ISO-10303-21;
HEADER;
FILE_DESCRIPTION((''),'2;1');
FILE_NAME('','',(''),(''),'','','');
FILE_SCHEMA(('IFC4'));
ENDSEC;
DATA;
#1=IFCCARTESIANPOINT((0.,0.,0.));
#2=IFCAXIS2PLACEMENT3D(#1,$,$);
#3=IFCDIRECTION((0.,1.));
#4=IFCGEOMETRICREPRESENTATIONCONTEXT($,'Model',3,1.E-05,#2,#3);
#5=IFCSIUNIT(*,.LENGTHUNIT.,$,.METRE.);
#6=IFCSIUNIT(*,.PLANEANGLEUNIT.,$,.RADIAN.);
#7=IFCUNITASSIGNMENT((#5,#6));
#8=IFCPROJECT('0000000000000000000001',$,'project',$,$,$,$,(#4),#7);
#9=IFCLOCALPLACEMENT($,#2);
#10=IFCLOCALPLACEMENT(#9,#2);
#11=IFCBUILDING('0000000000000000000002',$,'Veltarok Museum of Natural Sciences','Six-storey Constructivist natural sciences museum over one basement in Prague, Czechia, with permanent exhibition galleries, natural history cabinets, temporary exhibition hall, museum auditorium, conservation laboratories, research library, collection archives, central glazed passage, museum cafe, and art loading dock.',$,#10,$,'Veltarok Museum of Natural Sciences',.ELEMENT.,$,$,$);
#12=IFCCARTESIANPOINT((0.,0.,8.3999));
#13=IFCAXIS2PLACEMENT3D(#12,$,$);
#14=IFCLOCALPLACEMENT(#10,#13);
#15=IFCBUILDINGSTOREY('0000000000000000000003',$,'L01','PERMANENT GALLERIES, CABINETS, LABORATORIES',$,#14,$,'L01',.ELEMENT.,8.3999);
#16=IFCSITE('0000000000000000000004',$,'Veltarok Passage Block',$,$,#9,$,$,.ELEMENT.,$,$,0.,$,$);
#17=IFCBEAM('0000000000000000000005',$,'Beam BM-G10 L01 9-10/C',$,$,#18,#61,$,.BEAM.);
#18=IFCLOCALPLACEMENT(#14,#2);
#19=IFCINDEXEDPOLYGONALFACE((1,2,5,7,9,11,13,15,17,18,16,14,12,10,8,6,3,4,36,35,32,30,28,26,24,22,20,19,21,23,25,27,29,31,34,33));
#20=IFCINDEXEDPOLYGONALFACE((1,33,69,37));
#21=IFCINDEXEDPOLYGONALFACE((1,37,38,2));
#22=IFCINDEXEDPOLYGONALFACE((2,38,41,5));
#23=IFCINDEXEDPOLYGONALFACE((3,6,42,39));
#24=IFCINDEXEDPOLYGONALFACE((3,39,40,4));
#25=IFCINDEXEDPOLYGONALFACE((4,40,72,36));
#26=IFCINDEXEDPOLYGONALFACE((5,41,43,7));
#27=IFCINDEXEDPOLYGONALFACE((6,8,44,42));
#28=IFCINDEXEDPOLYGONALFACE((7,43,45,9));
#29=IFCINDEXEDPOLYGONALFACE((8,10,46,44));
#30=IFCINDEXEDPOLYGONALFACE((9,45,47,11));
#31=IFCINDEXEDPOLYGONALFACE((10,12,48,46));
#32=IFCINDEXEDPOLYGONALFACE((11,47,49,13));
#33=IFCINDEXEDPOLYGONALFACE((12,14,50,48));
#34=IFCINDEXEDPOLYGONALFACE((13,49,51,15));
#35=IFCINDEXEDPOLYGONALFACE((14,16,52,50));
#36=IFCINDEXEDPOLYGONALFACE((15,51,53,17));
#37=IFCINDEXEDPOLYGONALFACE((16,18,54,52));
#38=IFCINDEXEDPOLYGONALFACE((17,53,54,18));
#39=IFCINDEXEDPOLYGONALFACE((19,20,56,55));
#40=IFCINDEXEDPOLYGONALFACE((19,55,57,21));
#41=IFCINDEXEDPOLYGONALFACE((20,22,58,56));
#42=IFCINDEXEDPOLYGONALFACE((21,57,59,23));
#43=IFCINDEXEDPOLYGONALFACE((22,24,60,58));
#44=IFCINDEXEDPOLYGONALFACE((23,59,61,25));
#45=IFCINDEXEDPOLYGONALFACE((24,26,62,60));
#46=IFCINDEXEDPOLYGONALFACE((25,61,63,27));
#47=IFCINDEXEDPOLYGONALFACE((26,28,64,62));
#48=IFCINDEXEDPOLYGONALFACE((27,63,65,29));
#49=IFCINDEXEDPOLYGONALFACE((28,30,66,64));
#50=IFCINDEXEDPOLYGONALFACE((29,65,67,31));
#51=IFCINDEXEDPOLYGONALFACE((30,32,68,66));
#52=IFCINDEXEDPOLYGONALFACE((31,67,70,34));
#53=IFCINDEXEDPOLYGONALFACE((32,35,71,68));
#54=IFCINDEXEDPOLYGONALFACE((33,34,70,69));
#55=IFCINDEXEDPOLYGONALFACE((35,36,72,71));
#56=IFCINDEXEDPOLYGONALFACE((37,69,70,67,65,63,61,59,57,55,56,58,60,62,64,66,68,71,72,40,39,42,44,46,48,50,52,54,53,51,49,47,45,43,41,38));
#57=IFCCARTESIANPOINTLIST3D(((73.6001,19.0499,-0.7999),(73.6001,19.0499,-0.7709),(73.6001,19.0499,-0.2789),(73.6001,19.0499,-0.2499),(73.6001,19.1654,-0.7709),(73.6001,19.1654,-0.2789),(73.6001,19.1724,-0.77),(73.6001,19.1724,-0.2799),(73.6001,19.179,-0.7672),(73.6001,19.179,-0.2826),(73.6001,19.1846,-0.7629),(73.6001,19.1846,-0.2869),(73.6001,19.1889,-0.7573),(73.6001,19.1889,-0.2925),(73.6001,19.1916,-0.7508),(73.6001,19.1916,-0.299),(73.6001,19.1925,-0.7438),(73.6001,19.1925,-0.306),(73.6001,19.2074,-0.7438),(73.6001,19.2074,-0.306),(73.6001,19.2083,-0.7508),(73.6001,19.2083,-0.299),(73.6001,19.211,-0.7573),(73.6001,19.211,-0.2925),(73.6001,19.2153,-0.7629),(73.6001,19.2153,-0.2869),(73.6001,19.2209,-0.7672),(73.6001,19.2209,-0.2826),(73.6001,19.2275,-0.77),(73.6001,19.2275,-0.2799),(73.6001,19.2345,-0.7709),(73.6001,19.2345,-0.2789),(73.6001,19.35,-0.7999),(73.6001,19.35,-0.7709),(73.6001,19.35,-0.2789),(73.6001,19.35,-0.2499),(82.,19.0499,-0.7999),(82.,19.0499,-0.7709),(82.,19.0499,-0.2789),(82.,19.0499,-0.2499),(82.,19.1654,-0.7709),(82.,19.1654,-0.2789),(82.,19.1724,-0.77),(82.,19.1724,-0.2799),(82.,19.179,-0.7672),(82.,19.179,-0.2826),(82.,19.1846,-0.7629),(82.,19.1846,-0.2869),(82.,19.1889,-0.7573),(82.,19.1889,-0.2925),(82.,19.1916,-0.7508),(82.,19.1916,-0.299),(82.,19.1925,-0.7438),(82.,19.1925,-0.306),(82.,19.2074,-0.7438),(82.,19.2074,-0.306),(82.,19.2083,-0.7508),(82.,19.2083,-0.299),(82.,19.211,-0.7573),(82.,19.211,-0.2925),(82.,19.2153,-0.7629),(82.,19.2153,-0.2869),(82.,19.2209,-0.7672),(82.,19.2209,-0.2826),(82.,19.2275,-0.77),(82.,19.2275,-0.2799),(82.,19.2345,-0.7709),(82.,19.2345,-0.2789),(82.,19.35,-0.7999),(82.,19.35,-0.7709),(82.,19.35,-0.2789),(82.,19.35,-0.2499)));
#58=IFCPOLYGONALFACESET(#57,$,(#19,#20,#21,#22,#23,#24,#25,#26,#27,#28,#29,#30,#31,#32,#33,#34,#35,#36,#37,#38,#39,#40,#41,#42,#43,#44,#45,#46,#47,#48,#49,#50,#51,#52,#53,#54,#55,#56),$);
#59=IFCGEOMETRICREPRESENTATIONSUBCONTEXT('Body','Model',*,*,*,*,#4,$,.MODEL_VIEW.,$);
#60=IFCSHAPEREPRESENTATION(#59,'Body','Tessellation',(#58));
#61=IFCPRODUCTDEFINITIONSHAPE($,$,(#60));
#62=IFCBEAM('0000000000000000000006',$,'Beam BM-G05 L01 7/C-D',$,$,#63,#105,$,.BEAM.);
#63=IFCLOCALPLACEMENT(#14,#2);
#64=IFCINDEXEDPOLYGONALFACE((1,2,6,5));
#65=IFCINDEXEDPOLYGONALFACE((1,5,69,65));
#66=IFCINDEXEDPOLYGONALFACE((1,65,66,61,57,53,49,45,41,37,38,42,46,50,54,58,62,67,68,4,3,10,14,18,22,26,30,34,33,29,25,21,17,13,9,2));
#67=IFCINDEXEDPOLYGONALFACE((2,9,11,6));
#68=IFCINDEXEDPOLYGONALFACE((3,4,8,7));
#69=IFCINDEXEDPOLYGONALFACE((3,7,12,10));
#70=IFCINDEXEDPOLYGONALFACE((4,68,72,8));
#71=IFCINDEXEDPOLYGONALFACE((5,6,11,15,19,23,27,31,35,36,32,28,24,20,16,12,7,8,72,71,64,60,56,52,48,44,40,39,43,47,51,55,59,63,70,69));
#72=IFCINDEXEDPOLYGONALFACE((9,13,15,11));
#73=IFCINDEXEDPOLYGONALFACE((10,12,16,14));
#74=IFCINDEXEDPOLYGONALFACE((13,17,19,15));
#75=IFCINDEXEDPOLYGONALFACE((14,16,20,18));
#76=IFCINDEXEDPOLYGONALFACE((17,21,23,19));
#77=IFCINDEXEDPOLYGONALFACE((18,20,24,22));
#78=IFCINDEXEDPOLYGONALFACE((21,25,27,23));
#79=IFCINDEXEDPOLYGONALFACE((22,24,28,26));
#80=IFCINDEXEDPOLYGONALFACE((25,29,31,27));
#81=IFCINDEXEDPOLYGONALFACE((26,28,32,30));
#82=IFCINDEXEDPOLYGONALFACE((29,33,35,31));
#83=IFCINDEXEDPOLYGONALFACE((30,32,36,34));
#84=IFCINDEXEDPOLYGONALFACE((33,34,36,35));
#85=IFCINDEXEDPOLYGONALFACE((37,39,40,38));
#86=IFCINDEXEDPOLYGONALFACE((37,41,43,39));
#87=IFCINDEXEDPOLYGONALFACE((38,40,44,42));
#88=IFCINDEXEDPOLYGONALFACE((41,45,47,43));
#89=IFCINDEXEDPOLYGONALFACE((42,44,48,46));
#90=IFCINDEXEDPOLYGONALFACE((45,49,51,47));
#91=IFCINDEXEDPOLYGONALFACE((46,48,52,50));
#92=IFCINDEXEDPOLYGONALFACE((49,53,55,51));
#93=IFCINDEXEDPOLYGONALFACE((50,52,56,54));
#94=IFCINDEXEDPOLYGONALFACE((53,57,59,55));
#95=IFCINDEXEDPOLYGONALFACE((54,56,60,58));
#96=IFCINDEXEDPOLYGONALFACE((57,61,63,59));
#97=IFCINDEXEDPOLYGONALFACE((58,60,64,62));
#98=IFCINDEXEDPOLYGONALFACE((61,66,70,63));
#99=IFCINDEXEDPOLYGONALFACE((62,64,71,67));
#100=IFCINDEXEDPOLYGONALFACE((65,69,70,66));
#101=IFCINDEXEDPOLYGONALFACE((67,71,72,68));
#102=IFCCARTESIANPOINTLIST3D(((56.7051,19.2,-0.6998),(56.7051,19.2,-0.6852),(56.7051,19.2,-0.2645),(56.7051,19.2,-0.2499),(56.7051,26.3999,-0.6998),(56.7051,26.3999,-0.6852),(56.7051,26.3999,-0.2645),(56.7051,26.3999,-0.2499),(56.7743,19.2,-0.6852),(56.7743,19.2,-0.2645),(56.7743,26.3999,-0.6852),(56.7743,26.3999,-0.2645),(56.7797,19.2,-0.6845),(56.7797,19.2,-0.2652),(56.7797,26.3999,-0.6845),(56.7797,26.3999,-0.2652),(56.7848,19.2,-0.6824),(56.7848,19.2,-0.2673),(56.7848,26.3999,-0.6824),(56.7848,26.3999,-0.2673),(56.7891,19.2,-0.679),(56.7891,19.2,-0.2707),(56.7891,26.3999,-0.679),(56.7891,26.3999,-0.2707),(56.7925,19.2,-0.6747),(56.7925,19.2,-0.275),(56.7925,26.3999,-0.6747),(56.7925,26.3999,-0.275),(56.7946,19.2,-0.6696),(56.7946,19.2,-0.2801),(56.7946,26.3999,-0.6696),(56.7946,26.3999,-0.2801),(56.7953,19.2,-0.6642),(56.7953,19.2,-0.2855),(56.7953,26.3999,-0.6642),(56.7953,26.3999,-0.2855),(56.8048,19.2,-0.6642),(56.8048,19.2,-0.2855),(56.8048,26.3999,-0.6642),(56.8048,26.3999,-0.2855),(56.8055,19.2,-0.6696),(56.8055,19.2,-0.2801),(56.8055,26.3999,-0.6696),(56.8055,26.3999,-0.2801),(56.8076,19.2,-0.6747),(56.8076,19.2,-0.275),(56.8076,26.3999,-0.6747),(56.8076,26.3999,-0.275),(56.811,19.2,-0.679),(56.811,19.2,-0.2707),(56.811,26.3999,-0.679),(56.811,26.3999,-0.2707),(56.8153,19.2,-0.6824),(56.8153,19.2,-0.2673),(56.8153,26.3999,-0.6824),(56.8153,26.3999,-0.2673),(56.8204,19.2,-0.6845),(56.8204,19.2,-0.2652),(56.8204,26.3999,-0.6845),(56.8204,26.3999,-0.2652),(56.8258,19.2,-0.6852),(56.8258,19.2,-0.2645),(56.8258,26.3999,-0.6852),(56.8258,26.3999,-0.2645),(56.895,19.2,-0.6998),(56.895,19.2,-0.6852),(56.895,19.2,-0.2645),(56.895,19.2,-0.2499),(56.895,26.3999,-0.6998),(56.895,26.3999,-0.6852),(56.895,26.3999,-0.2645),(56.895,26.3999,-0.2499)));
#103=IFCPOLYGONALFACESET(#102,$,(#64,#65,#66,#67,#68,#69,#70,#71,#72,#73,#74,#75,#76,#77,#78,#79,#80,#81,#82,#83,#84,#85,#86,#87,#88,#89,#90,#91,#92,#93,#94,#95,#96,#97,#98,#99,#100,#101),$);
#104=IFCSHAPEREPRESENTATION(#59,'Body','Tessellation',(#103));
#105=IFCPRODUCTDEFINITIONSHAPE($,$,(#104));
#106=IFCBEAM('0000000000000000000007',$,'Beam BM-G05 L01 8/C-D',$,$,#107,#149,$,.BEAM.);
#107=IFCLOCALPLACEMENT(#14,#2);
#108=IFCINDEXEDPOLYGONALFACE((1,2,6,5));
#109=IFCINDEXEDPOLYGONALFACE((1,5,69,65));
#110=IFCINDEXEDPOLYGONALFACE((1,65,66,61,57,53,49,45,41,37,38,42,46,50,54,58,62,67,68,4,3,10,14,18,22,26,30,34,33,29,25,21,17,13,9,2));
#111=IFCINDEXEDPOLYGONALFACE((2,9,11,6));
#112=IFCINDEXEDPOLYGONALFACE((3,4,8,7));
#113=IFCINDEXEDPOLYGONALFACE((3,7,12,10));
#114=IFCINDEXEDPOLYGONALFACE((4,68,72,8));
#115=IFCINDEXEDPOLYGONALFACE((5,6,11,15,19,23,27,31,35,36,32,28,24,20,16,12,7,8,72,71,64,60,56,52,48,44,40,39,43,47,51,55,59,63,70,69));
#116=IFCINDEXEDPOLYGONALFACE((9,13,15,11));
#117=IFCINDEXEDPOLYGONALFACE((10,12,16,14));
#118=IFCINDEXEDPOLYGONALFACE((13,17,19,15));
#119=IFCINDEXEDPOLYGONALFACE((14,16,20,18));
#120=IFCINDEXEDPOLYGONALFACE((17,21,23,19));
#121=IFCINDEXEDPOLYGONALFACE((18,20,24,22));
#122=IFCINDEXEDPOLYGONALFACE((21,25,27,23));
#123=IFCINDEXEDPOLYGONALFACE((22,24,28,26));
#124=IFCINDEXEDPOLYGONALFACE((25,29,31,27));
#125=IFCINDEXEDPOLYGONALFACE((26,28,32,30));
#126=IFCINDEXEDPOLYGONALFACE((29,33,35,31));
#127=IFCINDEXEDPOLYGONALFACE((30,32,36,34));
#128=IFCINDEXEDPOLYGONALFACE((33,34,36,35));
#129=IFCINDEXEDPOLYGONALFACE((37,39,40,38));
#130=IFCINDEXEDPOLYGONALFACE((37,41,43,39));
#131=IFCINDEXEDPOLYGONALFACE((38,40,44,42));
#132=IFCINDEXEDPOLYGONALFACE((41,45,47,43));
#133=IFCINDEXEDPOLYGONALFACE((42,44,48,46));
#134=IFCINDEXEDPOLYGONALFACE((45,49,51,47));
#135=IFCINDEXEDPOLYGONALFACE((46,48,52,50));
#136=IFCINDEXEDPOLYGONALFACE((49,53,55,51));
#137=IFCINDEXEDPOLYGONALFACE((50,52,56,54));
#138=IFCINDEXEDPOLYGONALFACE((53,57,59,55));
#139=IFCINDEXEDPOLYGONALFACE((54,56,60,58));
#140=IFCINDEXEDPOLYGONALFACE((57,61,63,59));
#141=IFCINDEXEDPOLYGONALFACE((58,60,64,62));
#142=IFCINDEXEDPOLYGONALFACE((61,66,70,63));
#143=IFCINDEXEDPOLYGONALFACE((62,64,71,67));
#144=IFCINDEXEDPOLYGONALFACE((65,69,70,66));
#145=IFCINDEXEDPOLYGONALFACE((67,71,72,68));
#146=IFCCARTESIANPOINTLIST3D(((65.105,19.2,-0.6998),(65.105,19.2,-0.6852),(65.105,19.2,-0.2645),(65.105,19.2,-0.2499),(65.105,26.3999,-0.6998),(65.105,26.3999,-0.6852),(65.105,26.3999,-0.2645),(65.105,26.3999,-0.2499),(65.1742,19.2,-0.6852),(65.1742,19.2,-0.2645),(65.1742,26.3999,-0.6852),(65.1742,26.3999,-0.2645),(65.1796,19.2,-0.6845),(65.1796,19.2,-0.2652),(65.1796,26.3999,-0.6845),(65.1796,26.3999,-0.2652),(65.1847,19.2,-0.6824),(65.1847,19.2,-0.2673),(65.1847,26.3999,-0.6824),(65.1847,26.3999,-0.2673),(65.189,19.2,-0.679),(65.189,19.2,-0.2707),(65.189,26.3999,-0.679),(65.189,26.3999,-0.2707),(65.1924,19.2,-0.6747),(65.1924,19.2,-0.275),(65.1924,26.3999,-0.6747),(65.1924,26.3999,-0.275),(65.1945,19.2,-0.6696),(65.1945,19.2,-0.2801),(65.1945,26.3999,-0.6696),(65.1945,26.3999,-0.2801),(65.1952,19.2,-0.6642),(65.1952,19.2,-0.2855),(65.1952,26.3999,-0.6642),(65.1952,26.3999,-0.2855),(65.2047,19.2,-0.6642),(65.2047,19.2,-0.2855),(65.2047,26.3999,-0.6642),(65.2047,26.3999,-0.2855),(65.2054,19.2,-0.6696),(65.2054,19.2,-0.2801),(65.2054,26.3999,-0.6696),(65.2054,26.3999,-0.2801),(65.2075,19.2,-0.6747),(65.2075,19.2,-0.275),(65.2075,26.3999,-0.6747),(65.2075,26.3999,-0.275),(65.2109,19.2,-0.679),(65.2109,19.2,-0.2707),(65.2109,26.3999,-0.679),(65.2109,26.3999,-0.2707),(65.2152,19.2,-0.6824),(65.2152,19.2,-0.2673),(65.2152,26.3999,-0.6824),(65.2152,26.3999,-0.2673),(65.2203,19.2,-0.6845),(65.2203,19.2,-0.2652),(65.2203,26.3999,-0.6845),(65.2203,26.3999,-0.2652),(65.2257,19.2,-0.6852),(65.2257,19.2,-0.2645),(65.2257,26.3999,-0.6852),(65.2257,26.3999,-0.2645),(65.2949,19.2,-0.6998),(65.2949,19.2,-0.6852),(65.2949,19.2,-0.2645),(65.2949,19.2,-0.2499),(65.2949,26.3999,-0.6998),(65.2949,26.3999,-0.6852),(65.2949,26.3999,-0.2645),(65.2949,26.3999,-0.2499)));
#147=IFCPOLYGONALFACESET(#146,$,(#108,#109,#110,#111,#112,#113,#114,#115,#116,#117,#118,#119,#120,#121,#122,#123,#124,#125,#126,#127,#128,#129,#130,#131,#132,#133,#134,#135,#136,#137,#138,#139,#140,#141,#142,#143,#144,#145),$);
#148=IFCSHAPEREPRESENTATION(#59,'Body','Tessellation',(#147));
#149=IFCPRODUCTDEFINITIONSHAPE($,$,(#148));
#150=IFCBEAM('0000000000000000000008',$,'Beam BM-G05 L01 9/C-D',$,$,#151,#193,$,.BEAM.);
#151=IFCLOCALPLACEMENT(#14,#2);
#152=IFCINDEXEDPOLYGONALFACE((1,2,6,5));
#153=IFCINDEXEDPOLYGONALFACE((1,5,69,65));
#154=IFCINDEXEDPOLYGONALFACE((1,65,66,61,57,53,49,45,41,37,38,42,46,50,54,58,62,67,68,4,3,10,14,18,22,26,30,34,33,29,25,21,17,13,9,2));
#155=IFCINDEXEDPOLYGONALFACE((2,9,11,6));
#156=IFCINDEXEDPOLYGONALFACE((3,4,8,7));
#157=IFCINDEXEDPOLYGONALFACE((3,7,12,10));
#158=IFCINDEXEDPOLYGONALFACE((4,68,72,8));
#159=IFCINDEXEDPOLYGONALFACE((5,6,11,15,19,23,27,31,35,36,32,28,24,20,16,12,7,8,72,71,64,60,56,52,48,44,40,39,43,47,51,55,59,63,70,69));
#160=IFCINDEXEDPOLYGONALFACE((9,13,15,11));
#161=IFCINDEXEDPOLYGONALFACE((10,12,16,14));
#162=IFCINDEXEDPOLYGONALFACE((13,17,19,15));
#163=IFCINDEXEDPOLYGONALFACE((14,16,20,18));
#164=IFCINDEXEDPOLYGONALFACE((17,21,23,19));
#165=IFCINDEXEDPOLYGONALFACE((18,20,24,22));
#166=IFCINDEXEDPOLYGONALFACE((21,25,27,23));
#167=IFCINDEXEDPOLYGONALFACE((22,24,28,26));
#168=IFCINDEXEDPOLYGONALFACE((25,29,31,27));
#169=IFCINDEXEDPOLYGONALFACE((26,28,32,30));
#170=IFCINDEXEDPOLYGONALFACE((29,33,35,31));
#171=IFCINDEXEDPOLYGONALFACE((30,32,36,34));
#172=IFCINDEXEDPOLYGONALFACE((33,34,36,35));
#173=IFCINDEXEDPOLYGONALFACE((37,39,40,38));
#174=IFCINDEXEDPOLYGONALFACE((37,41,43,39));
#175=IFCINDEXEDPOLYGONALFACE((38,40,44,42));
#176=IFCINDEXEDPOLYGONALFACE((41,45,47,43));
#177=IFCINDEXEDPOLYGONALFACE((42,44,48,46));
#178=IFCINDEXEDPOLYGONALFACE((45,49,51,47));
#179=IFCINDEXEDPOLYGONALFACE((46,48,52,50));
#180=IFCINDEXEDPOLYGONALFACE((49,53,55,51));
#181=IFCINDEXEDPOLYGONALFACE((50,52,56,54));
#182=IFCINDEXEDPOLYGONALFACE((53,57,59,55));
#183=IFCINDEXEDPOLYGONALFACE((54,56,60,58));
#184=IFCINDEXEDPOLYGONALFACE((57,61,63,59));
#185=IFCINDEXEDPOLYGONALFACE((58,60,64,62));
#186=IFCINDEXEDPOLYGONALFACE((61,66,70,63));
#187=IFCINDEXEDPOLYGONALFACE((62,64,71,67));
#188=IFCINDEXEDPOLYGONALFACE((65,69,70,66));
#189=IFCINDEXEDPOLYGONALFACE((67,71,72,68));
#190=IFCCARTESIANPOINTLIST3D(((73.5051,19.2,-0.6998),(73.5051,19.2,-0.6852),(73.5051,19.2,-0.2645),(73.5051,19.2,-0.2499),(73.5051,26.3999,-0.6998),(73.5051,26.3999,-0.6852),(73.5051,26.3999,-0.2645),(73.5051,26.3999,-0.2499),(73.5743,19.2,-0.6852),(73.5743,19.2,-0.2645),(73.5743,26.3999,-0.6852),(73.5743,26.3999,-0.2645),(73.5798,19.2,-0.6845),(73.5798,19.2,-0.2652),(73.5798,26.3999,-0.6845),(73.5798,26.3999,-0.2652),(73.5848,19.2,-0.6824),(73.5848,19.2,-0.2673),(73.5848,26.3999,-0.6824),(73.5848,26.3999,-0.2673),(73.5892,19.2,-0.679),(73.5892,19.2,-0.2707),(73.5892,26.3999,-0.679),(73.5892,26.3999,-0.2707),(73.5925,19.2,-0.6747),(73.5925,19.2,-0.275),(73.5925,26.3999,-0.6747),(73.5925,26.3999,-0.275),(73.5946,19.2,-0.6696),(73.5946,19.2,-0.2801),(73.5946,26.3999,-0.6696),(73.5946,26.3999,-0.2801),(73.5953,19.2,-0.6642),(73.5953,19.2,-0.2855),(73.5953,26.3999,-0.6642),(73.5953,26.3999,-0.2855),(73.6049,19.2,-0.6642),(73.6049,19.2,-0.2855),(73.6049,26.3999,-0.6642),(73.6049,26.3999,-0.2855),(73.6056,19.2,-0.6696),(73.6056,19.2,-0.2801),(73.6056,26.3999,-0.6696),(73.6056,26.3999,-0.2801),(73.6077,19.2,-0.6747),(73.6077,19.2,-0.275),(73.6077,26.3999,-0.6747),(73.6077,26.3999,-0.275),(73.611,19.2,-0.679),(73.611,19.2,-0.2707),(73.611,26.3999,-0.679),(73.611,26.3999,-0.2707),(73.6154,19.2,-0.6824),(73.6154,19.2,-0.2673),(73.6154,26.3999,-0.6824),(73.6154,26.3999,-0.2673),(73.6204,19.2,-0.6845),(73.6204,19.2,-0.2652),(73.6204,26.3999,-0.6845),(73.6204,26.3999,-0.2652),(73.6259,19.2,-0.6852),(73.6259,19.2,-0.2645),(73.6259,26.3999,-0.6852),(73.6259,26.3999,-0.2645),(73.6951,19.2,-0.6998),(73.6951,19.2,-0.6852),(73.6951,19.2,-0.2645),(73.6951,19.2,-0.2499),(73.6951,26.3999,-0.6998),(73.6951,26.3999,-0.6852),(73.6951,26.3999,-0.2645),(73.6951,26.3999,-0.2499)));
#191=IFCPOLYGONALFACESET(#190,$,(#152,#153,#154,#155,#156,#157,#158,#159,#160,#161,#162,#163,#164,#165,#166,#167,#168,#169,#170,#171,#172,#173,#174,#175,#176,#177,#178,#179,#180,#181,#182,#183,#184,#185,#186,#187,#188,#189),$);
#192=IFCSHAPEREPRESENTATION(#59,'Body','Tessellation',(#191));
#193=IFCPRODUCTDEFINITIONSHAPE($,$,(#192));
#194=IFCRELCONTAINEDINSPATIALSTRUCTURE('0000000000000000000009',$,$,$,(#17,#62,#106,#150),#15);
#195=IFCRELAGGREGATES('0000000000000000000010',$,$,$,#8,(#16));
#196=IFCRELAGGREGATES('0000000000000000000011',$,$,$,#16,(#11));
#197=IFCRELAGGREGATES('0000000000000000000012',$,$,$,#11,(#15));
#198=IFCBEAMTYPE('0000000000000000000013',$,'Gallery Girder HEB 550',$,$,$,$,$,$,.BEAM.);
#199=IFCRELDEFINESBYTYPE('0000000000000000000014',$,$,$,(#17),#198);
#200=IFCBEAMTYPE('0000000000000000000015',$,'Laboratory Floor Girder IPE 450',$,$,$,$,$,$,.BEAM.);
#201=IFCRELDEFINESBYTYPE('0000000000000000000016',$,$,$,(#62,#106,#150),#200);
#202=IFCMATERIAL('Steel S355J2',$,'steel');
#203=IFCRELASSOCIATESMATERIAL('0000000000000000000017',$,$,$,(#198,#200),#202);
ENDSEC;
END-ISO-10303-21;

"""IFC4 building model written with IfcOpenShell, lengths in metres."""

from ifc_helpers import new_model, si_unit, direction, frame, origin, origin_2d, place, context, subcontext, project, spatial, i_section, extrude, material, material_profile, profile_set, type_object, element, save


model = new_model("IFC4")

# Units and contexts
model_context = context("Model", 3, precision=1e-05, world=origin(), true_north=direction((0.0, 1.0)))
body_context = subcontext(model_context, "Body", "Model", "MODEL_VIEW")
ifc_project = project(units=[si_unit("LENGTHUNIT", "METRE"), si_unit("PLANEANGLEUNIT", "RADIAN")], contexts=[model_context])

# Site, building, storey
site_placement = place(None, origin())
site = spatial("IfcSite", under=ifc_project, at=site_placement, Name="Veltarok Passage Block", CompositionType="ELEMENT", RefElevation=0.0)
building_placement = place(site_placement, origin())
building = spatial("IfcBuilding", under=site, at=building_placement, Name="Veltarok Museum of Natural Sciences", Description="Six-storey Constructivist natural sciences museum over one basement in Prague, Czechia, with permanent exhibition galleries, natural history cabinets, temporary exhibition hall, museum auditorium, conservation laboratories, research library, collection archives, central glazed passage, museum cafe, and art loading dock.", LongName="Veltarok Museum of Natural Sciences", CompositionType="ELEMENT")
storey_placement = place(building_placement, frame((0.0, 0.0, 8.3999)))
storey = spatial("IfcBuildingStorey", under=building, at=storey_placement, Name="L01", Description="PERMANENT GALLERIES, CABINETS, LABORATORIES", LongName="L01", CompositionType="ELEMENT", Elevation=8.3999)

# Shared definitions
ifc_material_1 = material(Name="Steel S355J2", Category="steel")

# Beams
ifc_material_profile_1 = material_profile(ifc_material_1, i_section(OverallWidth=0.3, OverallDepth=0.55, WebThickness=0.0149, FlangeThickness=0.0291, FilletRadius=0.0271, at=origin_2d()), Name="HEB 550")
ifc_profile_set_1 = profile_set([ifc_material_profile_1], Name="Steel S355J2")
beam_type_1 = type_object("IfcBeamType", Name="Gallery Girder HEB 550", PredefinedType="BEAM", material=ifc_profile_set_1)
beam_1_placement = place(storey_placement, frame((73.6001, 19.2, -0.5249), z_axis=(1.0, 0.0, 0.0), x_axis=(0.0, 1.0, 0.0)))
element("IfcBeam", 1, at=beam_1_placement, inside=storey, type_object=beam_type_1, Name="Beam BM-G10 L01 9-10/C", PredefinedType="BEAM", context=body_context, shape_type="SweptSolid", body=[
    extrude(i_section(OverallWidth=0.3, OverallDepth=0.55, WebThickness=0.0149, FlangeThickness=0.0291, FilletRadius=0.0271, at=origin_2d()), origin(), (0.0, 0.0, 1.0), 8.3999),
])
ifc_material_profile_2 = material_profile(ifc_material_1, i_section(OverallWidth=0.1899, OverallDepth=0.45, WebThickness=0.0095, FlangeThickness=0.0146, FilletRadius=0.021, at=origin_2d()), Name="IPE 450")
ifc_profile_set_2 = profile_set([ifc_material_profile_2], Name="Steel S355J2")
beam_type_2 = type_object("IfcBeamType", Name="Laboratory Floor Girder IPE 450", PredefinedType="BEAM", material=ifc_profile_set_2)
for number, where, z_axis, x_axis, name in (
    (2, (56.8, 19.2, -0.4749), (0.0, 1.0, 0.0), (-1.0, 0.0, 0.0), "Beam BM-G05 L01 7/C-D"),
    (3, (65.2, 19.2, -0.4749), (0.0, 1.0, 0.0), (-1.0, 0.0, 0.0), "Beam BM-G05 L01 8/C-D"),
    (4, (73.6001, 19.2, -0.4749), (0.0, 1.0, 0.0), (-1.0, 0.0, 0.0), "Beam BM-G05 L01 9/C-D"),
):
    element("IfcBeam", number, at=place(storey_placement, frame(where, z_axis=z_axis, x_axis=x_axis)), inside=storey, type_object=beam_type_2, Name=name, PredefinedType="BEAM", context=body_context, shape_type="SweptSolid", body=[
        extrude(i_section(OverallWidth=0.1899, OverallDepth=0.45, WebThickness=0.0095, FlangeThickness=0.0146, FilletRadius=0.021, at=origin_2d()), origin(), (0.0, 0.0, 1.0), 7.2),
    ])

save(model, "model.ifc")
